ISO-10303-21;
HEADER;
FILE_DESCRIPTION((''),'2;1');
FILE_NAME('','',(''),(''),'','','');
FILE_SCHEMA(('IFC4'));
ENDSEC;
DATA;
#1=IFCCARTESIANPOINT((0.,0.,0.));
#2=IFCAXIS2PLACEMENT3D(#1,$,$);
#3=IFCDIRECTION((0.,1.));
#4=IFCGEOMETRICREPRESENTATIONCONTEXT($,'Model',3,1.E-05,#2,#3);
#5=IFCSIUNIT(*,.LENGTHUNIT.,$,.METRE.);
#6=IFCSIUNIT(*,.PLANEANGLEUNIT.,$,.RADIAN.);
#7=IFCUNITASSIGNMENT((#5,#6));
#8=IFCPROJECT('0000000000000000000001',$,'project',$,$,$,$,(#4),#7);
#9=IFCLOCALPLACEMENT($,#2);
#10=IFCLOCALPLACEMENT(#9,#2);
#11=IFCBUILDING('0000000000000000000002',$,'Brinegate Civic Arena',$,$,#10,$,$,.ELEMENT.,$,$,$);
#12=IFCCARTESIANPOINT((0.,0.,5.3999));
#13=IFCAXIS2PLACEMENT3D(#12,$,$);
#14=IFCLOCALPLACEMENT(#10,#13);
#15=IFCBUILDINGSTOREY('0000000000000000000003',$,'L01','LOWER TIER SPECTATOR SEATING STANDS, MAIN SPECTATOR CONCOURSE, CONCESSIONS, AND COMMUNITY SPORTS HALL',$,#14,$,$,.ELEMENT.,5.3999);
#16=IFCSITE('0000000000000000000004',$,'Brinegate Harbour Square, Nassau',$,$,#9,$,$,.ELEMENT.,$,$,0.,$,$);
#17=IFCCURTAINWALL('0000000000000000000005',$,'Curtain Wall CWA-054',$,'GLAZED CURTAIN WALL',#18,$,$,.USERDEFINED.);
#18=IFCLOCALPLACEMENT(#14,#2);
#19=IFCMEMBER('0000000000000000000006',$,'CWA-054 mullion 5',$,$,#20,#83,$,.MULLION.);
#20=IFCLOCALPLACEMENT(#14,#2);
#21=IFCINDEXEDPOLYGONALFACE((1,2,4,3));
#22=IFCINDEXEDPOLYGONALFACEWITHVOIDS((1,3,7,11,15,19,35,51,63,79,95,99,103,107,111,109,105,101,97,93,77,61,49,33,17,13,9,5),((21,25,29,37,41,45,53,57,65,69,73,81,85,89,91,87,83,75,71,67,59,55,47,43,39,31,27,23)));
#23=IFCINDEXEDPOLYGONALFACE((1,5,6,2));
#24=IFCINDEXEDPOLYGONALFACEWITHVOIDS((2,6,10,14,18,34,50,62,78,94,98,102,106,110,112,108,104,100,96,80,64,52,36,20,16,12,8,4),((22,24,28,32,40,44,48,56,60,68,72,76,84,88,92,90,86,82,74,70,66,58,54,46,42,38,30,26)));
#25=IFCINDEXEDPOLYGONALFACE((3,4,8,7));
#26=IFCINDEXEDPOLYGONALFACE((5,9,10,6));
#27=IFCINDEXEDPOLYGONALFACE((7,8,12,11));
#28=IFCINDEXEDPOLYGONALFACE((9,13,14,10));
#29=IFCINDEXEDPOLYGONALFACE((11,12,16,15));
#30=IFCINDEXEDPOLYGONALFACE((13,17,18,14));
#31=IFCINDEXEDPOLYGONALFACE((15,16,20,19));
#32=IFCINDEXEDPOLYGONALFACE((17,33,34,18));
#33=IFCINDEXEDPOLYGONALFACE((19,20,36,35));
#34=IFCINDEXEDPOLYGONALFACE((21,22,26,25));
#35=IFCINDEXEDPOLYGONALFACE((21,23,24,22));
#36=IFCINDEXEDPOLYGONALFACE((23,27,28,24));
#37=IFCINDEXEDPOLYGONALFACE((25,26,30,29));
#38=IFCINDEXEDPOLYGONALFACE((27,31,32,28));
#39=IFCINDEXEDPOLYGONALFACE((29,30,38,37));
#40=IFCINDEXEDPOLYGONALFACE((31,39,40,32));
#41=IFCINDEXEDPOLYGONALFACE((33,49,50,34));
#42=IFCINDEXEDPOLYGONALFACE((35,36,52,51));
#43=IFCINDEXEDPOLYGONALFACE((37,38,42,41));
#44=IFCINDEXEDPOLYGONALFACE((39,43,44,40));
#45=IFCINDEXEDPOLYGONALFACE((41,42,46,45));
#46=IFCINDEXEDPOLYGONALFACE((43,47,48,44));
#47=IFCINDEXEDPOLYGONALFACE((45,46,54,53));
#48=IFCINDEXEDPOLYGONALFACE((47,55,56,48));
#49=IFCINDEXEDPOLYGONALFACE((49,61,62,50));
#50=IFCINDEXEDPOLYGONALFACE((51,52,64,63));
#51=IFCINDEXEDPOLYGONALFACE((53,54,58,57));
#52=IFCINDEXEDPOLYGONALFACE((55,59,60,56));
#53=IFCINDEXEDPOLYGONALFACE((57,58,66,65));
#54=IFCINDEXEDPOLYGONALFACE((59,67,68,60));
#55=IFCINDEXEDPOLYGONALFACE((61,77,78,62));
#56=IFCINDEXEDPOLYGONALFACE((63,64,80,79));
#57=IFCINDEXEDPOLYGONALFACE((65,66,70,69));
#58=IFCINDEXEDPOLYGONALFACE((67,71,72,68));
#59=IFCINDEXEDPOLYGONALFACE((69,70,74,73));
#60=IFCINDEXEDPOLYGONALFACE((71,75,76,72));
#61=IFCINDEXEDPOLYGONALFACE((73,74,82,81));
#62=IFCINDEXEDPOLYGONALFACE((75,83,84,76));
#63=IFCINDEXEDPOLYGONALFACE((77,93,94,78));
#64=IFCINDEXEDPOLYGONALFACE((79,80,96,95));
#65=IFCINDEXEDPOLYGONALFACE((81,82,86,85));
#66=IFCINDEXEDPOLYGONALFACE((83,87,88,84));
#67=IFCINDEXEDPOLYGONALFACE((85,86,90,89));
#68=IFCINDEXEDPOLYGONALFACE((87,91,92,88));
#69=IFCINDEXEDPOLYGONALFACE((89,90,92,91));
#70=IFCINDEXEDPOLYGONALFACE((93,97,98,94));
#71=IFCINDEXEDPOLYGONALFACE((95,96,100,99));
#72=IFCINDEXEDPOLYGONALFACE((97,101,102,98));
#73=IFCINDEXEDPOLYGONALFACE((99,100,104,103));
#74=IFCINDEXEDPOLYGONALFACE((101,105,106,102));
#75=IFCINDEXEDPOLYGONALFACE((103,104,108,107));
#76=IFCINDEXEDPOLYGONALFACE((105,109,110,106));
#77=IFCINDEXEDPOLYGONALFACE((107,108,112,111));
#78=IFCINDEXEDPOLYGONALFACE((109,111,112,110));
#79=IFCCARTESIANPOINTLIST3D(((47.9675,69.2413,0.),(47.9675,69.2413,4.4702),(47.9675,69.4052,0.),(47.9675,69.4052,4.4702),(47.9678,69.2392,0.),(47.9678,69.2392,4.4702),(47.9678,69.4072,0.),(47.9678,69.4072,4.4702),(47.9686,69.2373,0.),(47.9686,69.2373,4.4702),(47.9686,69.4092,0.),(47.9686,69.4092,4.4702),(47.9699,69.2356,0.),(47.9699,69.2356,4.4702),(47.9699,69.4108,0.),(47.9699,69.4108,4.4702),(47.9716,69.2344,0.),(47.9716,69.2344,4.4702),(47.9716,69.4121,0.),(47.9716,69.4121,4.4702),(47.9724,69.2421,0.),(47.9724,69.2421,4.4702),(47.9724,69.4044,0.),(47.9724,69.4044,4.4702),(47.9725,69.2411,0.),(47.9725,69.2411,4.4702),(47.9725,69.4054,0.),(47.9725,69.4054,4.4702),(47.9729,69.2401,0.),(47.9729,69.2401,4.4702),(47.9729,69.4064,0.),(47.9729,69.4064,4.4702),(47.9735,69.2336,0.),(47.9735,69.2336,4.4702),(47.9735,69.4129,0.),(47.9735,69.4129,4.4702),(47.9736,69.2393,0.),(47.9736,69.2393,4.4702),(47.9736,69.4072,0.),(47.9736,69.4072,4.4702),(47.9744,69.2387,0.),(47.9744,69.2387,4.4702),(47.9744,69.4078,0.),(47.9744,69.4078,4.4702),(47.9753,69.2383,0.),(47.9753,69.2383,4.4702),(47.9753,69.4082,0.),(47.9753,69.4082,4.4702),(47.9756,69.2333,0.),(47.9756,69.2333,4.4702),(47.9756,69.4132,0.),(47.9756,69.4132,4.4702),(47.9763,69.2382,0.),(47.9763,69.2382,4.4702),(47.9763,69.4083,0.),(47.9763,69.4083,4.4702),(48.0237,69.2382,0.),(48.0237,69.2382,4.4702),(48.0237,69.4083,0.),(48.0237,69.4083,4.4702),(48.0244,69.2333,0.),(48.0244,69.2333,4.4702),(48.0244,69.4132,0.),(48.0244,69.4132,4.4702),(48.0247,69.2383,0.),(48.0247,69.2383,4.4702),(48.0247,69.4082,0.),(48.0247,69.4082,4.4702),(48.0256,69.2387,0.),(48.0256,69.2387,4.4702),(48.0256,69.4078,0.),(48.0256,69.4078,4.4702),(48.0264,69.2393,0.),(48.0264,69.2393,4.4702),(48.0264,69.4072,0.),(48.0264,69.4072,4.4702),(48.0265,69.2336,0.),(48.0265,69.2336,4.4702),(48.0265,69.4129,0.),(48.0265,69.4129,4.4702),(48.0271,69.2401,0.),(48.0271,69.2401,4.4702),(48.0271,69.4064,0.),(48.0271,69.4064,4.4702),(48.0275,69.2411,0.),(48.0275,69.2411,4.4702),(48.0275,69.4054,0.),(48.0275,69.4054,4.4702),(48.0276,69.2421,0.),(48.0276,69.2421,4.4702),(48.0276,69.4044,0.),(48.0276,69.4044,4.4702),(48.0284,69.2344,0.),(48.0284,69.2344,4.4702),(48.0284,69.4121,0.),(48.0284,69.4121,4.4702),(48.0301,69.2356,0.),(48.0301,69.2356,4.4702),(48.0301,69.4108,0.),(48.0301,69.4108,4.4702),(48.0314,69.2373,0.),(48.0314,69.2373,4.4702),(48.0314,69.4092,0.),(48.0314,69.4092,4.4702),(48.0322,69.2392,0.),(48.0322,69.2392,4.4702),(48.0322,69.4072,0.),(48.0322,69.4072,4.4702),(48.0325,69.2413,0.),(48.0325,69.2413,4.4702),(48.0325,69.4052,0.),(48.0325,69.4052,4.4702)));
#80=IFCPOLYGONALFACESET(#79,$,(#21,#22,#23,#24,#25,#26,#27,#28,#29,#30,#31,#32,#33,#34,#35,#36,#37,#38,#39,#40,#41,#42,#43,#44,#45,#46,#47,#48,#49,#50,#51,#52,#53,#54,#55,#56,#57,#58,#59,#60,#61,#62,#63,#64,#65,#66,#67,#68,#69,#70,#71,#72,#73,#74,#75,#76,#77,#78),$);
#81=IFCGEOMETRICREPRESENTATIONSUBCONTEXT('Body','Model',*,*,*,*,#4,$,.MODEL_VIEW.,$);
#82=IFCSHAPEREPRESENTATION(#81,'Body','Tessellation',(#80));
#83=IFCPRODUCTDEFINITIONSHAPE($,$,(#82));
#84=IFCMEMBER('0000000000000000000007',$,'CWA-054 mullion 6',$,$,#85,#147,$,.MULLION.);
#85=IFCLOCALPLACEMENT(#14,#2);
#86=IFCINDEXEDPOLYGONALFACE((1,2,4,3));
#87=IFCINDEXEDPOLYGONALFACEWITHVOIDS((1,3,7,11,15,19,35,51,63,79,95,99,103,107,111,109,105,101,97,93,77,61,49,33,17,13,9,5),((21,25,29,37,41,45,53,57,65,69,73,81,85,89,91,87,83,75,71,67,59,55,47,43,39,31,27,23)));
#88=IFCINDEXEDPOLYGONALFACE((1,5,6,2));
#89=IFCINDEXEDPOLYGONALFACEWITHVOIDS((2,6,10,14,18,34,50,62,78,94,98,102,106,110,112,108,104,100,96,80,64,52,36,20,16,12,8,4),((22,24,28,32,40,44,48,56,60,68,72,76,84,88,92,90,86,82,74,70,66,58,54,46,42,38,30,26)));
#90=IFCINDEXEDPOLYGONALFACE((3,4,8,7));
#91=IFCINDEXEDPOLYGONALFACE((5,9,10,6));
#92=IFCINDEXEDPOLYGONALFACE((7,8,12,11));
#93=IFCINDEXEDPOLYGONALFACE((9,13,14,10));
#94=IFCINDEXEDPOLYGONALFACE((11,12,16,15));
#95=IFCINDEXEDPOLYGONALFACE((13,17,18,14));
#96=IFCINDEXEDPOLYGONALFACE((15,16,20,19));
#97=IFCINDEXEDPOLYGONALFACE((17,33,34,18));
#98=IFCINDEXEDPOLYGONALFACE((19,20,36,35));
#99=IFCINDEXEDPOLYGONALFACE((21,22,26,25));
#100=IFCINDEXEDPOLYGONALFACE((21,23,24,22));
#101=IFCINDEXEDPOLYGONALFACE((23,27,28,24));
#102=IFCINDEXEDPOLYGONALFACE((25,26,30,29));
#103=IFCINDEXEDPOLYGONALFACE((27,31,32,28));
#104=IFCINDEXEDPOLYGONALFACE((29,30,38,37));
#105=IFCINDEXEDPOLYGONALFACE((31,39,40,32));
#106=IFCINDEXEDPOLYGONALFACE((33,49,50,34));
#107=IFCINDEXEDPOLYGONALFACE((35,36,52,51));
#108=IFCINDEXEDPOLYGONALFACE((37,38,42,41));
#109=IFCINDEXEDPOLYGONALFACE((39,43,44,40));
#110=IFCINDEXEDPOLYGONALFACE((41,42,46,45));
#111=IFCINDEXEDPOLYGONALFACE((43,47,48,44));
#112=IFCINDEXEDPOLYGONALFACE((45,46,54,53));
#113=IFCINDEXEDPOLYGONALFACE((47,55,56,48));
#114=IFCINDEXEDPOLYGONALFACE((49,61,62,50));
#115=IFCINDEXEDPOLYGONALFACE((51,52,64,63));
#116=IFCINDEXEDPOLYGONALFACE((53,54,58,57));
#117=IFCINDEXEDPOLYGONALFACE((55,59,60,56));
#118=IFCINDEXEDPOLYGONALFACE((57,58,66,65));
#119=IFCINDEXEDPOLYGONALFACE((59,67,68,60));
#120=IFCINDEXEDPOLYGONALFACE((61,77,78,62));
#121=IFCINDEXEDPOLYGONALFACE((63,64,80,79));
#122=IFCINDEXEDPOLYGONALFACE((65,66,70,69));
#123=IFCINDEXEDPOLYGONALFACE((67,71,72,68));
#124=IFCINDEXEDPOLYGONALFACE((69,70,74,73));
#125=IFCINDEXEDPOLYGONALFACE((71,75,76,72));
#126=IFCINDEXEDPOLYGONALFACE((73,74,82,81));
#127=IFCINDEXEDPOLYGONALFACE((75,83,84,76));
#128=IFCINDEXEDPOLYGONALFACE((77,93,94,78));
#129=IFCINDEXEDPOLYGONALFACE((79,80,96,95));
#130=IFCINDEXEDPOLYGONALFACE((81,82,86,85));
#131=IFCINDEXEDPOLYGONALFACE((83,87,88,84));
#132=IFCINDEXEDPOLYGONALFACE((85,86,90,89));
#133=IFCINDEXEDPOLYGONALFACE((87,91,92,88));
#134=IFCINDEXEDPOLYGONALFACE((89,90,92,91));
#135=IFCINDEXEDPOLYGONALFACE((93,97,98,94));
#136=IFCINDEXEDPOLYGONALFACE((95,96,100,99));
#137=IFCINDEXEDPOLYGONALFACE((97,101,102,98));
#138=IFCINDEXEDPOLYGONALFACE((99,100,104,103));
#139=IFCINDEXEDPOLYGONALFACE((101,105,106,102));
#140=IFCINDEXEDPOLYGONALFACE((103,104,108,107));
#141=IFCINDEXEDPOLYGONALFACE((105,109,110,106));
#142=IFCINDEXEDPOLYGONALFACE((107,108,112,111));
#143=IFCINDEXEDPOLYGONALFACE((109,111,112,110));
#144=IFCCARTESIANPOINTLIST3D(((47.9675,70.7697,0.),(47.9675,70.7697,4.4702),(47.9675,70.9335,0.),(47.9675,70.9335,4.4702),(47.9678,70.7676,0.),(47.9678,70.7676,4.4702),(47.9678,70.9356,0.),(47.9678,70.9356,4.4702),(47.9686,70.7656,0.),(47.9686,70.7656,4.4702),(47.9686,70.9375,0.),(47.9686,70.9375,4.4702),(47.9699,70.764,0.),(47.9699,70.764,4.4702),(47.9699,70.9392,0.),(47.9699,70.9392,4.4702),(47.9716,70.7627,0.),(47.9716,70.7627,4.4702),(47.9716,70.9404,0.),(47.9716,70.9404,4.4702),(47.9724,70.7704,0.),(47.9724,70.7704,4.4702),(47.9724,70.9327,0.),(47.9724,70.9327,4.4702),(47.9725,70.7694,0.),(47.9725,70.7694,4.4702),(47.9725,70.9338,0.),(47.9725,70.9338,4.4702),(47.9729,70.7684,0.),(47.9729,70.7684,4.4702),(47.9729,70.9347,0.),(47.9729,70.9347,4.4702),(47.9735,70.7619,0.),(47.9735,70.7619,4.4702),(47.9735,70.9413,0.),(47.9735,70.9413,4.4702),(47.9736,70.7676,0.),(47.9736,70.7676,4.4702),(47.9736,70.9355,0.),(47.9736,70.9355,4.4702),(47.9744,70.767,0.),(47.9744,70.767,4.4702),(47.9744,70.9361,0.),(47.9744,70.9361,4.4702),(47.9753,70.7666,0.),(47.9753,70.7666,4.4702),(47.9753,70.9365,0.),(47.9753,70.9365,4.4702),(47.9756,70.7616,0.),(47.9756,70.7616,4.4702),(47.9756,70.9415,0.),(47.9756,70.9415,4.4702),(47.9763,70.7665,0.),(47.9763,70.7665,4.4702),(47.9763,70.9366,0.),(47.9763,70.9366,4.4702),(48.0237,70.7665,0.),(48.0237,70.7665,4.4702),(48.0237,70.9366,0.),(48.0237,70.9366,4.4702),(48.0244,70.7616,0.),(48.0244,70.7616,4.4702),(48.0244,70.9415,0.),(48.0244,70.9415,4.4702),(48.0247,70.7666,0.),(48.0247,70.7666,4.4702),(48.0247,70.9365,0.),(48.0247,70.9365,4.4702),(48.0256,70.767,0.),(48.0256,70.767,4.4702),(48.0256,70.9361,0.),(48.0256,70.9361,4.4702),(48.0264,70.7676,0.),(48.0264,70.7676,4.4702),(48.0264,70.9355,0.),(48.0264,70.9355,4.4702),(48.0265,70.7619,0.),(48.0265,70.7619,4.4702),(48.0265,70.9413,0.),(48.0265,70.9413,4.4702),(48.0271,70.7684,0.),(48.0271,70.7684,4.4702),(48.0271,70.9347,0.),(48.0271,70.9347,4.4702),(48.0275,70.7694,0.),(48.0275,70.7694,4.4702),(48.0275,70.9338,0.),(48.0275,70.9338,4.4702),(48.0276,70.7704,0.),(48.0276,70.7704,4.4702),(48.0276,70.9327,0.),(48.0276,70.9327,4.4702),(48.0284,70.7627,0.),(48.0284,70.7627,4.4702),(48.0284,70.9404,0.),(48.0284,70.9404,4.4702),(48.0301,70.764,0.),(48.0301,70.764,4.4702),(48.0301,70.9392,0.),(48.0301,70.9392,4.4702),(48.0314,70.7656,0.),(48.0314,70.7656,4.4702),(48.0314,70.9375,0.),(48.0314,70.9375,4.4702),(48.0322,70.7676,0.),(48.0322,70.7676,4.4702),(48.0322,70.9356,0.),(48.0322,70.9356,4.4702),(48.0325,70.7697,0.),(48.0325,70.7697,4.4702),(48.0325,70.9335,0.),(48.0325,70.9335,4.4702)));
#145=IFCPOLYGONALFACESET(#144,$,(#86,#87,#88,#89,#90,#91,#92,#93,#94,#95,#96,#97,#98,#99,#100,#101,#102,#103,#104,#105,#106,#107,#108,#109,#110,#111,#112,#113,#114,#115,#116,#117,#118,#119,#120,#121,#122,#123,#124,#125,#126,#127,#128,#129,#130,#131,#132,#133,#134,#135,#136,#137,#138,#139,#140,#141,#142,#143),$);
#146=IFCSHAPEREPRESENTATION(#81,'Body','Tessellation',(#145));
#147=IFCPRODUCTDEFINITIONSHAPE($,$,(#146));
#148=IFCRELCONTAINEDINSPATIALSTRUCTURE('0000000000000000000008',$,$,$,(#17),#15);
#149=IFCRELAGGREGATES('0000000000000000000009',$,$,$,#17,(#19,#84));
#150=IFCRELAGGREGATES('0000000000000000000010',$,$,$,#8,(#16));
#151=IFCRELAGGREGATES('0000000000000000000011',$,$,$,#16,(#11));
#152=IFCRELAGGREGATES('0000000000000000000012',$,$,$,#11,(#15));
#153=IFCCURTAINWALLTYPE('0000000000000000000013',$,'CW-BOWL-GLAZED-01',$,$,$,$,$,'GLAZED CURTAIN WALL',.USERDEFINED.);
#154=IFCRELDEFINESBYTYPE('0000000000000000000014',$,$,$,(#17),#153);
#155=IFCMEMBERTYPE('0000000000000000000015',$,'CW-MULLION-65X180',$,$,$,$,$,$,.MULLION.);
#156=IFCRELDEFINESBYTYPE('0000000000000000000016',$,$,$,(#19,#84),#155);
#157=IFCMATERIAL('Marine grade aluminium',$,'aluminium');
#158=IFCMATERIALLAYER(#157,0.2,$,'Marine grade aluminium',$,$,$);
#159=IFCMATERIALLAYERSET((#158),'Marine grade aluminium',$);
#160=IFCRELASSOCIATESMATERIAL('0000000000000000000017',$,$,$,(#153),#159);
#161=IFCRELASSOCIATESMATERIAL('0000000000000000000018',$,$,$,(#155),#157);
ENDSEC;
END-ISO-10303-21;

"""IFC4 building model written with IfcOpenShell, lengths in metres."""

from ifc_helpers import new_model, si_unit, direction, frame, origin, origin_2d, place, context, subcontext, project, spatial, hollow_rectangle, extrude, material, layer, layer_set, material_profile, profile_set, type_object, element, aggregate, save


model = new_model("IFC4")

# Units and contexts
model_context = context("Model", 3, precision=1e-05, world=origin(), true_north=direction((0.0, 1.0)))
body_context = subcontext(model_context, "Body", "Model", "MODEL_VIEW")
ifc_project = project(units=[si_unit("LENGTHUNIT", "METRE"), si_unit("PLANEANGLEUNIT", "RADIAN")], contexts=[model_context])

# Site, building, storey
site_placement = place(None, origin())
site = spatial("IfcSite", under=ifc_project, at=site_placement, Name="Brinegate Harbour Square, Nassau", CompositionType="ELEMENT", RefElevation=0.0)
building_placement = place(site_placement, origin())
building = spatial("IfcBuilding", under=site, at=building_placement, Name="Brinegate Civic Arena", CompositionType="ELEMENT")
storey_placement = place(building_placement, frame((0.0, 0.0, 5.3999)))
storey = spatial("IfcBuildingStorey", under=building, at=storey_placement, Name="L01", Description="LOWER TIER SPECTATOR SEATING STANDS, MAIN SPECTATOR CONCOURSE, CONCESSIONS, AND COMMUNITY SPORTS HALL", CompositionType="ELEMENT", Elevation=5.3999)

# Curtain wall, members
ifc_material_1 = material(Name="Marine grade aluminium", Category="aluminium")
ifc_layer_1 = layer(ifc_material_1, 0.2, Name="Marine grade aluminium")
ifc_layer_set_1 = layer_set([ifc_layer_1], Name="Marine grade aluminium")
curtain_wall_type = type_object("IfcCurtainWallType", Name="CW-BOWL-GLAZED-01", ElementType="GLAZED CURTAIN WALL", PredefinedType="USERDEFINED", material=ifc_layer_set_1)
curtain_wall_placement = place(storey_placement, origin())
curtain_wall = element("IfcCurtainWall", 1, at=curtain_wall_placement, inside=storey, type_object=curtain_wall_type, Name="Curtain Wall CWA-054", ObjectType="GLAZED CURTAIN WALL", PredefinedType="USERDEFINED")
ifc_material_profile_1 = material_profile(ifc_material_1, hollow_rectangle(XDim=0.0649, YDim=0.1799, WallThickness=0.0049, InnerFilletRadius=0.0039, OuterFilletRadius=0.0081, at=origin_2d()), Name="MUL65X180")
ifc_profile_set_1 = profile_set([ifc_material_profile_1], Name="Marine grade aluminium")
member_type_1 = type_object("IfcMemberType", Name="CW-MULLION-65X180", PredefinedType="MULLION", material=ifc_profile_set_1)
member_1_placement = place(storey_placement, frame((48.0, 69.3232, 0.0), z_axis=(0.0, 0.0, 1.0), x_axis=(-1.0, 0.0, 0.0)))
member_1 = element("IfcMember", 2, at=member_1_placement, type_object=member_type_1, Name="CWA-054 mullion 5", PredefinedType="MULLION", context=body_context, shape_type="SweptSolid", body=[
    extrude(hollow_rectangle(XDim=0.0649, YDim=0.1799, WallThickness=0.0049, InnerFilletRadius=0.0039, OuterFilletRadius=0.0081, at=origin_2d()), origin(), (0.0, 0.0, 1.0), 4.4702),
])
member_2_placement = place(storey_placement, frame((48.0, 70.8516, 0.0), z_axis=(0.0, 0.0, 1.0), x_axis=(-1.0, 0.0, 0.0)))
member_2 = element("IfcMember", 3, at=member_2_placement, type_object=member_type_1, Name="CWA-054 mullion 6", PredefinedType="MULLION", context=body_context, shape_type="SweptSolid", body=[
    extrude(hollow_rectangle(XDim=0.0649, YDim=0.1799, WallThickness=0.0049, InnerFilletRadius=0.0039, OuterFilletRadius=0.0081, at=origin_2d()), origin(), (0.0, 0.0, 1.0), 4.4702),
])
aggregate(curtain_wall, [member_1, member_2])

save(model, "model.ifc")
